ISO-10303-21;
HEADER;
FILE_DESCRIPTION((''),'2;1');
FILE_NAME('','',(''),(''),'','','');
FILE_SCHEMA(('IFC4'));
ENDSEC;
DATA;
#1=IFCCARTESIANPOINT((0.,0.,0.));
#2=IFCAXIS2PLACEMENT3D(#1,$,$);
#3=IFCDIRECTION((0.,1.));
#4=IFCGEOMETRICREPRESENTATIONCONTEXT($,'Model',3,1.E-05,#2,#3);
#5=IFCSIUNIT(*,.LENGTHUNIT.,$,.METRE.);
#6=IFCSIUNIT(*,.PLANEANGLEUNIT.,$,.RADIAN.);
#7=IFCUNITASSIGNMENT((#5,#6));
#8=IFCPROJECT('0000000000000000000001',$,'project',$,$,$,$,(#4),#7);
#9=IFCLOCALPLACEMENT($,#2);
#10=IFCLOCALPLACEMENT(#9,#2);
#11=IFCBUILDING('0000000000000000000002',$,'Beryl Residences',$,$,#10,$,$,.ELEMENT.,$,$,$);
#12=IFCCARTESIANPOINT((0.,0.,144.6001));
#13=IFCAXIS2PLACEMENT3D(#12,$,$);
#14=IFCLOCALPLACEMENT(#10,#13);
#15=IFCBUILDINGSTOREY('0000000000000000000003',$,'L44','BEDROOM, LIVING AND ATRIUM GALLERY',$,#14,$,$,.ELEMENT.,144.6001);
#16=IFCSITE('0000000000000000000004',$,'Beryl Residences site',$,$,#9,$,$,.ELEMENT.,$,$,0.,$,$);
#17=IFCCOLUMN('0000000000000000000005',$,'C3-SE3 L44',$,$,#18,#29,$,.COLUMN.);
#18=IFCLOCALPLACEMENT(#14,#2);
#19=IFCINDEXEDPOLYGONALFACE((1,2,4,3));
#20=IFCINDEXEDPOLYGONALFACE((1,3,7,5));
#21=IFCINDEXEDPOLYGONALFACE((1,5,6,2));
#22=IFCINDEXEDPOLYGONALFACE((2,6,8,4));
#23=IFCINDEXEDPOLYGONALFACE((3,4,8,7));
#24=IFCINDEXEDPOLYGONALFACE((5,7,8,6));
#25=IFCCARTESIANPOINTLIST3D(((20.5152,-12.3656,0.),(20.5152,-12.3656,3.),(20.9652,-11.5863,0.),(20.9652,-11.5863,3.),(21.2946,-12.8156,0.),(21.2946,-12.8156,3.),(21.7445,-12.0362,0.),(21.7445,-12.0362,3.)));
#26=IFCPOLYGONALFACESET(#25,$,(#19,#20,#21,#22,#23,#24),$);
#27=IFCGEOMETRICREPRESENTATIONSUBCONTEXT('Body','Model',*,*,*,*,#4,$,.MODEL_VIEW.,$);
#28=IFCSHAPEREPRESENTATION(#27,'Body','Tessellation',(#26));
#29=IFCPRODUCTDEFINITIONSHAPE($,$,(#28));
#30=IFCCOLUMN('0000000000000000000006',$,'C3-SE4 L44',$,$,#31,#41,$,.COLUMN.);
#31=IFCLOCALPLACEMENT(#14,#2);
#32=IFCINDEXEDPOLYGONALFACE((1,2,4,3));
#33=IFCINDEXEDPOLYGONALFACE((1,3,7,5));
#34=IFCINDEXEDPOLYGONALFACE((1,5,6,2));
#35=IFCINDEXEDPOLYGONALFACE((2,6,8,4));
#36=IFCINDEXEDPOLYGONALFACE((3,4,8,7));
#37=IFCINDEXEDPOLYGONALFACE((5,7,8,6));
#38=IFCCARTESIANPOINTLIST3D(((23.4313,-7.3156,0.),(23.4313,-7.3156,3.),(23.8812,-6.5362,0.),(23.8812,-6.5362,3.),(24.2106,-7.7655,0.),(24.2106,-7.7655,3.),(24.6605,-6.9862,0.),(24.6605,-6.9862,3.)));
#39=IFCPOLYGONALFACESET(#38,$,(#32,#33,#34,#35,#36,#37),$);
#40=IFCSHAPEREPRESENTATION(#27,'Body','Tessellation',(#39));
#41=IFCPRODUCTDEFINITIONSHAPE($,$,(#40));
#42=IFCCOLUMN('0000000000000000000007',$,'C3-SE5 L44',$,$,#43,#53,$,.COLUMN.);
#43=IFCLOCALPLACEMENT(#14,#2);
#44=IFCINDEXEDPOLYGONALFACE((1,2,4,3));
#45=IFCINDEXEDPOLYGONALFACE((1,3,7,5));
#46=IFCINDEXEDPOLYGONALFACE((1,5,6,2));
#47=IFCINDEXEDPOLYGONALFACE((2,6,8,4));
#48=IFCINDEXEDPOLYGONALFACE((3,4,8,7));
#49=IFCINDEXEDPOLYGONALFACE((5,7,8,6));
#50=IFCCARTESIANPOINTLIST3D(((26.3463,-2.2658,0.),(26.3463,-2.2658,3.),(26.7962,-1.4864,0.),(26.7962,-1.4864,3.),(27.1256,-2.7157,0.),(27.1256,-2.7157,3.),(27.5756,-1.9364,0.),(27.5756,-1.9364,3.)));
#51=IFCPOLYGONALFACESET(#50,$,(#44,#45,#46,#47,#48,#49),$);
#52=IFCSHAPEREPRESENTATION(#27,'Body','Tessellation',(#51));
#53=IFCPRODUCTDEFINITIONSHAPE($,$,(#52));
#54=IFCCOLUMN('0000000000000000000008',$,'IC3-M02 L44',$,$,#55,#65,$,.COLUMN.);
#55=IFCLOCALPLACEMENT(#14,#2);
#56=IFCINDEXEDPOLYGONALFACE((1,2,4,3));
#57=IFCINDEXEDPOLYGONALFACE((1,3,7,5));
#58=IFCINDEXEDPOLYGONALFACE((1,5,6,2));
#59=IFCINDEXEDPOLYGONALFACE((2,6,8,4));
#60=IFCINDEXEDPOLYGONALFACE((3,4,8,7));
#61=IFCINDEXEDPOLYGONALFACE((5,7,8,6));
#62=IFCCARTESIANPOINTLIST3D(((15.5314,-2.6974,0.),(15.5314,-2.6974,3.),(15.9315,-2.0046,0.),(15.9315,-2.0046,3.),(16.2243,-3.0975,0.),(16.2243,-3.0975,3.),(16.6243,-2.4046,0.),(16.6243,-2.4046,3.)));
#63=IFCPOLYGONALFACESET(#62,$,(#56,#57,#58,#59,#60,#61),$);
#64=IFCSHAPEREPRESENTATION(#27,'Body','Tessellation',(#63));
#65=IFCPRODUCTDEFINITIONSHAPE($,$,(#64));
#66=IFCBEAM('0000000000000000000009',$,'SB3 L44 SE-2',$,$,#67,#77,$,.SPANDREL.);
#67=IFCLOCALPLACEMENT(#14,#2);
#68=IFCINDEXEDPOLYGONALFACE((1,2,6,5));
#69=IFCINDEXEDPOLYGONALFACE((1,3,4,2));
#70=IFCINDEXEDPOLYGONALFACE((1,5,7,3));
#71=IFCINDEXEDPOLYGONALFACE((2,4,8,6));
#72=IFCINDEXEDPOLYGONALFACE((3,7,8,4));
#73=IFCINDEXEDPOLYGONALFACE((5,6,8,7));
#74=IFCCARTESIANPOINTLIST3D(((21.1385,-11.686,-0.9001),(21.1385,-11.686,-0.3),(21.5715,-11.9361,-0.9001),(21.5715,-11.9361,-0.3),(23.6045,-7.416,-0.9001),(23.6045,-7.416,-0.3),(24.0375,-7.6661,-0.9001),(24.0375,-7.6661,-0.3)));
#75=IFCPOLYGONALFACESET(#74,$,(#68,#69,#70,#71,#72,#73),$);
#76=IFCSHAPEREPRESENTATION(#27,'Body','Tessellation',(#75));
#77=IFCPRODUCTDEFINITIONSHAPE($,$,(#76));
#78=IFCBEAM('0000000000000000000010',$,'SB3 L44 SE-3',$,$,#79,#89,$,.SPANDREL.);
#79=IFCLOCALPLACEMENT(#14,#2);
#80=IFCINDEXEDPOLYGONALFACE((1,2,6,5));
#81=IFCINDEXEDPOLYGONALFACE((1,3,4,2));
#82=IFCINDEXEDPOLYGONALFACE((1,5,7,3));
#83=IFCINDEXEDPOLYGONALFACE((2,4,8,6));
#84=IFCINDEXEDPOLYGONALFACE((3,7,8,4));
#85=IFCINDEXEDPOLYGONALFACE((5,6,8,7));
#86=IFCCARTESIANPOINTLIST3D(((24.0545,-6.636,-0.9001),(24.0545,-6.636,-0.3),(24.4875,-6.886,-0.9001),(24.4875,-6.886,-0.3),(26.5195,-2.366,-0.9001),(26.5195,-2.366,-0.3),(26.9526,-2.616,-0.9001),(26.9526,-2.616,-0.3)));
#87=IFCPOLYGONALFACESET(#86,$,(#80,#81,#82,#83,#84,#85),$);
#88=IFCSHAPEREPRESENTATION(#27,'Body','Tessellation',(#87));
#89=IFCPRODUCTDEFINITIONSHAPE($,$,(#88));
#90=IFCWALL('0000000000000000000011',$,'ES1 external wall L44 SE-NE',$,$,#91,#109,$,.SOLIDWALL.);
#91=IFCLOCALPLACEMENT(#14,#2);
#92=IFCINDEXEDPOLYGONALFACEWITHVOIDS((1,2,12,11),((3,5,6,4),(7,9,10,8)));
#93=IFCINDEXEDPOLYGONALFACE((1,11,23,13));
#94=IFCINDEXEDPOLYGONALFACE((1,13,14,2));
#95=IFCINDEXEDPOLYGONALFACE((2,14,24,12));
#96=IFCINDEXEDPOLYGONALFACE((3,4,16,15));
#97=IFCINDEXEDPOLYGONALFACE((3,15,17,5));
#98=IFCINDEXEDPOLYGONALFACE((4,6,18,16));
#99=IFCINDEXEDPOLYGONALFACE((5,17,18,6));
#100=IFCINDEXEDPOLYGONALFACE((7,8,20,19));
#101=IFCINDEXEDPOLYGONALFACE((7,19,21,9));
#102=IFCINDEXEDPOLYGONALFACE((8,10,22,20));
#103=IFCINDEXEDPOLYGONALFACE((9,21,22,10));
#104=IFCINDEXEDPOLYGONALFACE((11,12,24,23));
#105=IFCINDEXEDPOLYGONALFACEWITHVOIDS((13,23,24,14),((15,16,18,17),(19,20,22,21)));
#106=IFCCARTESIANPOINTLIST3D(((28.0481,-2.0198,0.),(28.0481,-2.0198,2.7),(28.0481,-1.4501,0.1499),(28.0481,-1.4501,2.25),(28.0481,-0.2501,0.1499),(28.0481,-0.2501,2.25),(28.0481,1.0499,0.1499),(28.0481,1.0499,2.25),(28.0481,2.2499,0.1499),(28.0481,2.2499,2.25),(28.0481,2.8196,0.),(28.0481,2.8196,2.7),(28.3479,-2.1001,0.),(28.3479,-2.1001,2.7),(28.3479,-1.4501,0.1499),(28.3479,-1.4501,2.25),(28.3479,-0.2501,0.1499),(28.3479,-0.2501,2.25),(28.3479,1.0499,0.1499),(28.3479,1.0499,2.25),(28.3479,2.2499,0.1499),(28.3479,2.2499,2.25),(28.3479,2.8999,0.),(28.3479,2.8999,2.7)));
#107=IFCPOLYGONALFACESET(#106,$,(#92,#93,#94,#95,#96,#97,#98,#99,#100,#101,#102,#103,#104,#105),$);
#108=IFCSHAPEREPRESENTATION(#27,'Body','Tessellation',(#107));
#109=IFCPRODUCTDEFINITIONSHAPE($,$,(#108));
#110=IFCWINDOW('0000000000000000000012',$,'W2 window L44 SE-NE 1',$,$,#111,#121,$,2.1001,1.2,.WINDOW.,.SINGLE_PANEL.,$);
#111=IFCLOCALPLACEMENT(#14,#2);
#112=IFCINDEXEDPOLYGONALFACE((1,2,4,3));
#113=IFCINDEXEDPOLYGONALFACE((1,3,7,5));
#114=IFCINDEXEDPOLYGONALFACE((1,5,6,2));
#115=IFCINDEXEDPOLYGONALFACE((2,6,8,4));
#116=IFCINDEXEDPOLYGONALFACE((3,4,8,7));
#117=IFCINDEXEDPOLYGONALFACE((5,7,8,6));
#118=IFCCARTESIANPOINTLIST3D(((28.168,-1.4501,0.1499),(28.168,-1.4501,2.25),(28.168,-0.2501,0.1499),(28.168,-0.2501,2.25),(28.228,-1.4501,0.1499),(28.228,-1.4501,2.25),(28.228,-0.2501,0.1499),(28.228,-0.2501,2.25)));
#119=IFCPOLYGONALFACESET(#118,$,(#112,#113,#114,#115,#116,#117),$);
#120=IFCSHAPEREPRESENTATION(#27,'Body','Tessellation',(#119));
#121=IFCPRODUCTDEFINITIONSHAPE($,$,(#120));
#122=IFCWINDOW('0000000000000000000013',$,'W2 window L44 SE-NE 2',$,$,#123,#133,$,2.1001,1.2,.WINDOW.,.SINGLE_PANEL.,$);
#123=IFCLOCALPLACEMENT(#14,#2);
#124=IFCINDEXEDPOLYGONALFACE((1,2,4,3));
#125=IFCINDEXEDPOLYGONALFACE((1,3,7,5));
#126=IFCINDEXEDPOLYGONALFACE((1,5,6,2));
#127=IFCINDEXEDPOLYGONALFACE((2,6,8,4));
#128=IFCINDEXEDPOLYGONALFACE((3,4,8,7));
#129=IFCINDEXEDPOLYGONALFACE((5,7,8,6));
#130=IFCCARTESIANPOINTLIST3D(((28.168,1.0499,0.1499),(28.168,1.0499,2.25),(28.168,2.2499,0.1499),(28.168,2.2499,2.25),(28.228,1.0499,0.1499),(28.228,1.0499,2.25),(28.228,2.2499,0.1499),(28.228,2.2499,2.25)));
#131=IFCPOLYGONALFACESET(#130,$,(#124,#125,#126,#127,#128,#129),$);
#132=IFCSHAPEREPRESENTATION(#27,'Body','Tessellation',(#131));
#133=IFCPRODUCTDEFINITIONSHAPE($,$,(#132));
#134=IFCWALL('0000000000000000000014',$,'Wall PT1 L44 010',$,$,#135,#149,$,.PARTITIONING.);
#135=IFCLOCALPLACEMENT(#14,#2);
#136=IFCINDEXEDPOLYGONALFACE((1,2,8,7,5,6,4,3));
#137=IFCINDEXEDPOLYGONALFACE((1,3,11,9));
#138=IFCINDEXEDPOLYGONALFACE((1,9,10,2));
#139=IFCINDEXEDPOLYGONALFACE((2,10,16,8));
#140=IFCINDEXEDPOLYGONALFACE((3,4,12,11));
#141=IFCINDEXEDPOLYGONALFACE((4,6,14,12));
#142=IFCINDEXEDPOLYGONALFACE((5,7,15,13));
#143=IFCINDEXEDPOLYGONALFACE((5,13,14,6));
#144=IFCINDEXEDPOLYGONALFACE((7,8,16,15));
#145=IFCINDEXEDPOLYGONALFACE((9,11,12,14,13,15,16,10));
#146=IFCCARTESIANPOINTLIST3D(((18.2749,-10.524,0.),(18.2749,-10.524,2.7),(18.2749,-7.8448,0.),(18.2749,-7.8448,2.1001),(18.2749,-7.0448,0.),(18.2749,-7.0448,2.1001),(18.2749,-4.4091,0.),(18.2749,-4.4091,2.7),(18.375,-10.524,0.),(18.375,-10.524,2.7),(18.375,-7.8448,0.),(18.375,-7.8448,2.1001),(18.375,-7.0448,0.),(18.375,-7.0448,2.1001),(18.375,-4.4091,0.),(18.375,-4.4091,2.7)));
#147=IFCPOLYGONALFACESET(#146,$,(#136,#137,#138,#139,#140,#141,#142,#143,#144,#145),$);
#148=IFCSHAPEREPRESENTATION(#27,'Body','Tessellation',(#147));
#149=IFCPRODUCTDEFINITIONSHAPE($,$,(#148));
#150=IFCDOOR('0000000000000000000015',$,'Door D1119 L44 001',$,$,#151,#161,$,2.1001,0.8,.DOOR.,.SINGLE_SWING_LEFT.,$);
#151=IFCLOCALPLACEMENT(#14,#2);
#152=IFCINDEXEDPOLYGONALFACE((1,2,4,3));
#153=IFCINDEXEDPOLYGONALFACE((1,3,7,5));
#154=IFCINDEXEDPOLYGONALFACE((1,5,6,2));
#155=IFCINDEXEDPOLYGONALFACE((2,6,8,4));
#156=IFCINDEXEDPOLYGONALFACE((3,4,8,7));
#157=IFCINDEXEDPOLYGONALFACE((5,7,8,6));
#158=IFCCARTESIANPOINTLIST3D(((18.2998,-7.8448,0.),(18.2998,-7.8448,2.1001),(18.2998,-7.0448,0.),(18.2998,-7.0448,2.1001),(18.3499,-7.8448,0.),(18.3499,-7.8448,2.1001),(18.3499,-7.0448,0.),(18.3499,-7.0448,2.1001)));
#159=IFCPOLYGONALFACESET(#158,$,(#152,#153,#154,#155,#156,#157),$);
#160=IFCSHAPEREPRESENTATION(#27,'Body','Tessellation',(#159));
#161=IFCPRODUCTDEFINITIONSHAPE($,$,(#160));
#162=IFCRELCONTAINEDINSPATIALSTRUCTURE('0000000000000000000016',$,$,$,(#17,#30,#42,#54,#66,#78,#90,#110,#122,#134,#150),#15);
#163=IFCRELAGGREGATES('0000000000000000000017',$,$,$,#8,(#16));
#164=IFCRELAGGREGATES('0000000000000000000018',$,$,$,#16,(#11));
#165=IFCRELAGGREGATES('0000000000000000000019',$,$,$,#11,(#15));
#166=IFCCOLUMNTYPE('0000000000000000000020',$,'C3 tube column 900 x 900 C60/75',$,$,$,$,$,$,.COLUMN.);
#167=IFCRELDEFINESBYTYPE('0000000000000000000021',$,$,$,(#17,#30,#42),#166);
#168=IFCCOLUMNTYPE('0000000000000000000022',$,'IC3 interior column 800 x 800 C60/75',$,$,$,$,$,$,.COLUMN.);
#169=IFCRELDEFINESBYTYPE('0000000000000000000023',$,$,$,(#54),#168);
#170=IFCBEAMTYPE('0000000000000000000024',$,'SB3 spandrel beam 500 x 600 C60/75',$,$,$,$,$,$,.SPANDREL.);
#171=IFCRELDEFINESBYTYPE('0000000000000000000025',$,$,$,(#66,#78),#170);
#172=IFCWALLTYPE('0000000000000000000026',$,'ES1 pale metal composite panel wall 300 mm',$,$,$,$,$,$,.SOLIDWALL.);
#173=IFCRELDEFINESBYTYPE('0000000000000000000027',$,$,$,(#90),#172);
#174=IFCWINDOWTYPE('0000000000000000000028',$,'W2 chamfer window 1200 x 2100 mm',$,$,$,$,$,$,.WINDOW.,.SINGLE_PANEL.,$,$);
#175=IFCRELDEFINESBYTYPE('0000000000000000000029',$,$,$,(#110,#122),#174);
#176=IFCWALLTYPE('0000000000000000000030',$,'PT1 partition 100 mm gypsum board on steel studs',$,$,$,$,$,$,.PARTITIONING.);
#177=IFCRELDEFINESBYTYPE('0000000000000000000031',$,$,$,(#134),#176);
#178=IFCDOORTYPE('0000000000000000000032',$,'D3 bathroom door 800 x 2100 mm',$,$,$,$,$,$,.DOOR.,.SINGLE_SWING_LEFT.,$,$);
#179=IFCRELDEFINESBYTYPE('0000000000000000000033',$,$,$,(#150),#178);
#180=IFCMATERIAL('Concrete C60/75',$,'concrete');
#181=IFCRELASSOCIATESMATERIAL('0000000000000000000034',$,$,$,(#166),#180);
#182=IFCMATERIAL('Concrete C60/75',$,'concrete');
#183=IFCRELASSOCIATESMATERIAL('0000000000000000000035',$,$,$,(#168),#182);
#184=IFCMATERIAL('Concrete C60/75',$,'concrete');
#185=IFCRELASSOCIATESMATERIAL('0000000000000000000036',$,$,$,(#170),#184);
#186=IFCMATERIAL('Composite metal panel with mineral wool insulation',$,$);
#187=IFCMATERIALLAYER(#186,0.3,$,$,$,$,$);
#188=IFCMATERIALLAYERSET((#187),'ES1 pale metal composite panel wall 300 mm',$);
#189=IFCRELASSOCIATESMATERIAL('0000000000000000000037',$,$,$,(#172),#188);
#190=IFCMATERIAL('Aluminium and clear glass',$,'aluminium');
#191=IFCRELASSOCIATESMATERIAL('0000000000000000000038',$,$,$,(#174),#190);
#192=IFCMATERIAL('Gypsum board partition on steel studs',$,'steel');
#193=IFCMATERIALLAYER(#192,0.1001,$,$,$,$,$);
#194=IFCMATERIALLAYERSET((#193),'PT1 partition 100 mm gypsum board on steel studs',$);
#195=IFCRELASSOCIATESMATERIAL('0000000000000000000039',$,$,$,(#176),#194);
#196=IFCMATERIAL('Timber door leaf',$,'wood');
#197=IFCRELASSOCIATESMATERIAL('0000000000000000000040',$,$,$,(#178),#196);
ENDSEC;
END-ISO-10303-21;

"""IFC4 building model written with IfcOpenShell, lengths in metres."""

from ifc_helpers import new_model, si_unit, direction, frame, frame_2d, origin, origin_2d, place, context, subcontext, project, spatial, polyline, rectangle, outline, extrude, material, layer, layer_set, material_profile, profile_set, type_object, element, fill, save


model = new_model("IFC4")

# Units and contexts
model_context = context("Model", 3, precision=1e-05, world=origin(), true_north=direction((0.0, 1.0)))
body_context = subcontext(model_context, "Body", "Model", "MODEL_VIEW")
ifc_project = project(units=[si_unit("LENGTHUNIT", "METRE"), si_unit("PLANEANGLEUNIT", "RADIAN")], contexts=[model_context])

# Site, building, storey
site_placement = place(None, origin())
site = spatial("IfcSite", under=ifc_project, at=site_placement, Name="Beryl Residences site", CompositionType="ELEMENT", RefElevation=0.0)
building_placement = place(site_placement, origin())
building = spatial("IfcBuilding", under=site, at=building_placement, Name="Beryl Residences", CompositionType="ELEMENT")
storey_placement = place(building_placement, frame((0.0, 0.0, 144.6001)))
storey = spatial("IfcBuildingStorey", under=building, at=storey_placement, Name="L44", Description="BEDROOM, LIVING AND ATRIUM GALLERY", CompositionType="ELEMENT", Elevation=144.6001)

# Columns
ifc_material_1 = material(Name="Concrete C60/75", Category="concrete")
ifc_material_profile_1 = material_profile(ifc_material_1, rectangle(XDim=0.8999, YDim=0.8999, at=origin_2d()))
ifc_profile_set_1 = profile_set([ifc_material_profile_1], Name="Concrete C60/75")
column_type_1 = type_object("IfcColumnType", Name="C3 tube column 900 x 900 C60/75", PredefinedType="COLUMN", material=ifc_profile_set_1)
for number, where, z_axis, x_axis, name in (
    (1, (21.1299, -12.2009, 0.0), (0.0, 0.0, 1.0), (0.5, 0.866025, 0.0), "C3-SE3 L44"),
    (2, (24.0459, -7.1509, 0.0), (0.0, 0.0, 1.0), (0.5, 0.866025, 0.0), "C3-SE4 L44"),
    (3, (26.9609, -2.1011, 0.0), (0.0, 0.0, 1.0), (0.5, 0.866025, 0.0), "C3-SE5 L44"),
):
    element("IfcColumn", number, at=place(storey_placement, frame(where, z_axis=z_axis, x_axis=x_axis)), inside=storey, type_object=column_type_1, Name=name, PredefinedType="COLUMN", context=body_context, shape_type="SweptSolid", body=[
        extrude(rectangle(XDim=0.8999, YDim=0.8999, at=origin_2d()), origin(), (0.0, 0.0, 1.0), 3.0),
    ])
ifc_material_2 = material(Name="Concrete C60/75", Category="concrete")
ifc_material_profile_2 = material_profile(ifc_material_2, rectangle(XDim=0.8, YDim=0.8, at=origin_2d()))
ifc_profile_set_2 = profile_set([ifc_material_profile_2], Name="Concrete C60/75")
column_type_2 = type_object("IfcColumnType", Name="IC3 interior column 800 x 800 C60/75", PredefinedType="COLUMN", material=ifc_profile_set_2)
column_placement = place(storey_placement, frame((16.0779, -2.551, 0.0), z_axis=(0.0, 0.0, 1.0), x_axis=(0.5, 0.866025, 0.0)))
element("IfcColumn", 4, at=column_placement, inside=storey, type_object=column_type_2, Name="IC3-M02 L44", PredefinedType="COLUMN", context=body_context, shape_type="SweptSolid", body=[
    extrude(rectangle(XDim=0.8, YDim=0.8, at=origin_2d()), origin(), (0.0, 0.0, 1.0), 3.0),
])

# Beams
ifc_material_3 = material(Name="Concrete C60/75", Category="concrete")
ifc_material_profile_3 = material_profile(ifc_material_3, rectangle(XDim=0.5, YDim=0.6001, at=origin_2d()))
ifc_profile_set_3 = profile_set([ifc_material_profile_3], Name="Concrete C60/75")
beam_type = type_object("IfcBeamType", Name="SB3 spandrel beam 500 x 600 C60/75", PredefinedType="SPANDREL", material=ifc_profile_set_3)
beam_1_placement = place(storey_placement, frame((21.355, -11.811, -0.6001), z_axis=(0.500117, 0.865958, 0.0), x_axis=(-0.865958, 0.500117, 0.0)))
element("IfcBeam", 5, at=beam_1_placement, inside=storey, type_object=beam_type, Name="SB3 L44 SE-2", PredefinedType="SPANDREL", context=body_context, shape_type="SweptSolid", body=[
    extrude(rectangle(XDim=0.5, YDim=0.6001, at=origin_2d()), origin(), (0.0, 0.0, 1.0), 4.9309),
])
beam_2_placement = place(storey_placement, frame((24.271, -6.761, -0.6001), z_axis=(0.499968, 0.866044, 0.0), x_axis=(-0.866044, 0.499968, 0.0)))
element("IfcBeam", 6, at=beam_2_placement, inside=storey, type_object=beam_type, Name="SB3 L44 SE-3", PredefinedType="SPANDREL", context=body_context, shape_type="SweptSolid", body=[
    extrude(rectangle(XDim=0.5, YDim=0.6001, at=origin_2d()), origin(), (0.0, 0.0, 1.0), 4.9304),
])

# Wall, openings, windows
ifc_material_4 = material(Name="Composite metal panel with mineral wool insulation")
ifc_layer_1 = layer(ifc_material_4, 0.3)
ifc_layer_set_1 = layer_set([ifc_layer_1], Name="ES1 pale metal composite panel wall 300 mm")
wall_type_1 = type_object("IfcWallType", Name="ES1 pale metal composite panel wall 300 mm", PredefinedType="SOLIDWALL", material=ifc_layer_set_1)
wall_1_placement = place(storey_placement, frame((28.198, -2.1001, 0.0), z_axis=(0.0, 0.0, 1.0), x_axis=(0.0, 1.0, 0.0)))
wall_1 = element("IfcWall", 7, at=wall_1_placement, inside=storey, type_object=wall_type_1, Name="ES1 external wall L44 SE-NE", PredefinedType="SOLIDWALL", context=body_context, shape_type="SweptSolid", body=[
    extrude(outline(polyline([(0.0, -0.1499), (5.0, -0.1499), (4.9197, 0.1499), (0.0803, 0.1499), (0.0, -0.1499)])), origin(), (0.0, 0.0, 1.0), 2.7),
])
opening_1_placement = place(wall_1_placement, frame((0.6499, 0.0, 0.1499)))
opening_1 = element("IfcOpeningElement", 8, at=opening_1_placement, cuts=wall_1, PredefinedType="OPENING", context=body_context, shape_type="SweptSolid", body=[
    extrude(rectangle(XDim=1.2, YDim=2.1001, at=frame_2d((0.6001, 1.05))), frame((0.0, 0.1599, 0.0), z_axis=(0.0, -1.0, 0.0), x_axis=(1.0, 0.0, 0.0)), (0.0, 0.0, 1.0), 0.3201),
])
opening_2_placement = place(wall_1_placement, frame((3.1499, 0.0, 0.1499)))
opening_2 = element("IfcOpeningElement", 9, at=opening_2_placement, cuts=wall_1, PredefinedType="OPENING", context=body_context, shape_type="SweptSolid", body=[
    extrude(rectangle(XDim=1.2, YDim=2.1001, at=frame_2d((0.6001, 1.05))), frame((0.0, 0.1599, 0.0), z_axis=(0.0, -1.0, 0.0), x_axis=(1.0, 0.0, 0.0)), (0.0, 0.0, 1.0), 0.3201),
])
ifc_material_5 = material(Name="Aluminium and clear glass", Category="aluminium")
window_type = type_object("IfcWindowType", Name="W2 chamfer window 1200 x 2100 mm", PartitioningType="SINGLE_PANEL", PredefinedType="WINDOW", material=ifc_material_5)
window_1_placement = place(opening_1_placement, origin())
window_1 = element("IfcWindow", 10, at=window_1_placement, inside=storey, type_object=window_type, Name="W2 window L44 SE-NE 1", OverallHeight=2.1001, OverallWidth=1.2, PartitioningType="SINGLE_PANEL", PredefinedType="WINDOW", context=body_context, shape_type="SweptSolid", body=[
    extrude(rectangle(XDim=1.2, YDim=2.1001, at=frame_2d((0.6001, 1.05))), frame((0.0, 0.03, 0.0), z_axis=(0.0, -1.0, 0.0), x_axis=(1.0, 0.0, 0.0)), (0.0, 0.0, 1.0), 0.0601),
])
fill(opening_1, window_1)
window_2_placement = place(opening_2_placement, origin())
window_2 = element("IfcWindow", 11, at=window_2_placement, inside=storey, type_object=window_type, Name="W2 window L44 SE-NE 2", OverallHeight=2.1001, OverallWidth=1.2, PartitioningType="SINGLE_PANEL", PredefinedType="WINDOW", context=body_context, shape_type="SweptSolid", body=[
    extrude(rectangle(XDim=1.2, YDim=2.1001, at=frame_2d((0.6001, 1.05))), frame((0.0, 0.03, 0.0), z_axis=(0.0, -1.0, 0.0), x_axis=(1.0, 0.0, 0.0)), (0.0, 0.0, 1.0), 0.0601),
])
fill(opening_2, window_2)

# Wall, opening, door
ifc_material_6 = material(Name="Gypsum board partition on steel studs", Category="steel")
ifc_layer_2 = layer(ifc_material_6, 0.1001)
ifc_layer_set_2 = layer_set([ifc_layer_2], Name="PT1 partition 100 mm gypsum board on steel studs")
wall_type_2 = type_object("IfcWallType", Name="PT1 partition 100 mm gypsum board on steel studs", PredefinedType="PARTITIONING", material=ifc_layer_set_2)
wall_2_placement = place(storey_placement, frame((18.325, -4.4089, 0.0), z_axis=(0.0, 0.0, 1.0), x_axis=(0.0, -1.0, 0.0)))
wall_2 = element("IfcWall", 12, at=wall_2_placement, inside=storey, type_object=wall_type_2, Name="Wall PT1 L44 010", PredefinedType="PARTITIONING", context=body_context, shape_type="SweptSolid", body=[
    extrude(rectangle(XDim=6.115, YDim=0.1001, at=frame_2d((3.0576, 0.0))), origin(), (0.0, 0.0, 1.0), 2.7),
])
opening_3_placement = place(wall_2_placement, frame((2.636, 0.0, 0.0)))
opening_3 = element("IfcOpeningElement", 13, at=opening_3_placement, cuts=wall_2, PredefinedType="OPENING", context=body_context, shape_type="SweptSolid", body=[
    extrude(rectangle(XDim=0.8, YDim=2.1001, at=frame_2d((0.3999, 1.05))), frame((0.0, 0.0601, 0.0), z_axis=(0.0, -1.0, 0.0), x_axis=(1.0, 0.0, 0.0)), (0.0, 0.0, 1.0), 0.1201),
])
ifc_material_7 = material(Name="Timber door leaf", Category="wood")
door_type_1 = type_object("IfcDoorType", Name="D3 bathroom door 800 x 2100 mm", OperationType="SINGLE_SWING_LEFT", PredefinedType="DOOR", material=ifc_material_7)
door_1_placement = place(opening_3_placement, origin())
door_1 = element("IfcDoor", 14, at=door_1_placement, inside=storey, type_object=door_type_1, Name="Door D1119 L44 001", OperationType="SINGLE_SWING_LEFT", OverallHeight=2.1001, OverallWidth=0.8, PredefinedType="DOOR", context=body_context, shape_type="SweptSolid", body=[
    extrude(rectangle(XDim=0.8, YDim=2.1001, at=frame_2d((0.3999, 1.05))), frame((0.0, 0.0249, 0.0), z_axis=(0.0, -1.0, 0.0), x_axis=(1.0, 0.0, 0.0)), (0.0, 0.0, 1.0), 0.05),
])
fill(opening_3, door_1)

save(model, "model.ifc")
